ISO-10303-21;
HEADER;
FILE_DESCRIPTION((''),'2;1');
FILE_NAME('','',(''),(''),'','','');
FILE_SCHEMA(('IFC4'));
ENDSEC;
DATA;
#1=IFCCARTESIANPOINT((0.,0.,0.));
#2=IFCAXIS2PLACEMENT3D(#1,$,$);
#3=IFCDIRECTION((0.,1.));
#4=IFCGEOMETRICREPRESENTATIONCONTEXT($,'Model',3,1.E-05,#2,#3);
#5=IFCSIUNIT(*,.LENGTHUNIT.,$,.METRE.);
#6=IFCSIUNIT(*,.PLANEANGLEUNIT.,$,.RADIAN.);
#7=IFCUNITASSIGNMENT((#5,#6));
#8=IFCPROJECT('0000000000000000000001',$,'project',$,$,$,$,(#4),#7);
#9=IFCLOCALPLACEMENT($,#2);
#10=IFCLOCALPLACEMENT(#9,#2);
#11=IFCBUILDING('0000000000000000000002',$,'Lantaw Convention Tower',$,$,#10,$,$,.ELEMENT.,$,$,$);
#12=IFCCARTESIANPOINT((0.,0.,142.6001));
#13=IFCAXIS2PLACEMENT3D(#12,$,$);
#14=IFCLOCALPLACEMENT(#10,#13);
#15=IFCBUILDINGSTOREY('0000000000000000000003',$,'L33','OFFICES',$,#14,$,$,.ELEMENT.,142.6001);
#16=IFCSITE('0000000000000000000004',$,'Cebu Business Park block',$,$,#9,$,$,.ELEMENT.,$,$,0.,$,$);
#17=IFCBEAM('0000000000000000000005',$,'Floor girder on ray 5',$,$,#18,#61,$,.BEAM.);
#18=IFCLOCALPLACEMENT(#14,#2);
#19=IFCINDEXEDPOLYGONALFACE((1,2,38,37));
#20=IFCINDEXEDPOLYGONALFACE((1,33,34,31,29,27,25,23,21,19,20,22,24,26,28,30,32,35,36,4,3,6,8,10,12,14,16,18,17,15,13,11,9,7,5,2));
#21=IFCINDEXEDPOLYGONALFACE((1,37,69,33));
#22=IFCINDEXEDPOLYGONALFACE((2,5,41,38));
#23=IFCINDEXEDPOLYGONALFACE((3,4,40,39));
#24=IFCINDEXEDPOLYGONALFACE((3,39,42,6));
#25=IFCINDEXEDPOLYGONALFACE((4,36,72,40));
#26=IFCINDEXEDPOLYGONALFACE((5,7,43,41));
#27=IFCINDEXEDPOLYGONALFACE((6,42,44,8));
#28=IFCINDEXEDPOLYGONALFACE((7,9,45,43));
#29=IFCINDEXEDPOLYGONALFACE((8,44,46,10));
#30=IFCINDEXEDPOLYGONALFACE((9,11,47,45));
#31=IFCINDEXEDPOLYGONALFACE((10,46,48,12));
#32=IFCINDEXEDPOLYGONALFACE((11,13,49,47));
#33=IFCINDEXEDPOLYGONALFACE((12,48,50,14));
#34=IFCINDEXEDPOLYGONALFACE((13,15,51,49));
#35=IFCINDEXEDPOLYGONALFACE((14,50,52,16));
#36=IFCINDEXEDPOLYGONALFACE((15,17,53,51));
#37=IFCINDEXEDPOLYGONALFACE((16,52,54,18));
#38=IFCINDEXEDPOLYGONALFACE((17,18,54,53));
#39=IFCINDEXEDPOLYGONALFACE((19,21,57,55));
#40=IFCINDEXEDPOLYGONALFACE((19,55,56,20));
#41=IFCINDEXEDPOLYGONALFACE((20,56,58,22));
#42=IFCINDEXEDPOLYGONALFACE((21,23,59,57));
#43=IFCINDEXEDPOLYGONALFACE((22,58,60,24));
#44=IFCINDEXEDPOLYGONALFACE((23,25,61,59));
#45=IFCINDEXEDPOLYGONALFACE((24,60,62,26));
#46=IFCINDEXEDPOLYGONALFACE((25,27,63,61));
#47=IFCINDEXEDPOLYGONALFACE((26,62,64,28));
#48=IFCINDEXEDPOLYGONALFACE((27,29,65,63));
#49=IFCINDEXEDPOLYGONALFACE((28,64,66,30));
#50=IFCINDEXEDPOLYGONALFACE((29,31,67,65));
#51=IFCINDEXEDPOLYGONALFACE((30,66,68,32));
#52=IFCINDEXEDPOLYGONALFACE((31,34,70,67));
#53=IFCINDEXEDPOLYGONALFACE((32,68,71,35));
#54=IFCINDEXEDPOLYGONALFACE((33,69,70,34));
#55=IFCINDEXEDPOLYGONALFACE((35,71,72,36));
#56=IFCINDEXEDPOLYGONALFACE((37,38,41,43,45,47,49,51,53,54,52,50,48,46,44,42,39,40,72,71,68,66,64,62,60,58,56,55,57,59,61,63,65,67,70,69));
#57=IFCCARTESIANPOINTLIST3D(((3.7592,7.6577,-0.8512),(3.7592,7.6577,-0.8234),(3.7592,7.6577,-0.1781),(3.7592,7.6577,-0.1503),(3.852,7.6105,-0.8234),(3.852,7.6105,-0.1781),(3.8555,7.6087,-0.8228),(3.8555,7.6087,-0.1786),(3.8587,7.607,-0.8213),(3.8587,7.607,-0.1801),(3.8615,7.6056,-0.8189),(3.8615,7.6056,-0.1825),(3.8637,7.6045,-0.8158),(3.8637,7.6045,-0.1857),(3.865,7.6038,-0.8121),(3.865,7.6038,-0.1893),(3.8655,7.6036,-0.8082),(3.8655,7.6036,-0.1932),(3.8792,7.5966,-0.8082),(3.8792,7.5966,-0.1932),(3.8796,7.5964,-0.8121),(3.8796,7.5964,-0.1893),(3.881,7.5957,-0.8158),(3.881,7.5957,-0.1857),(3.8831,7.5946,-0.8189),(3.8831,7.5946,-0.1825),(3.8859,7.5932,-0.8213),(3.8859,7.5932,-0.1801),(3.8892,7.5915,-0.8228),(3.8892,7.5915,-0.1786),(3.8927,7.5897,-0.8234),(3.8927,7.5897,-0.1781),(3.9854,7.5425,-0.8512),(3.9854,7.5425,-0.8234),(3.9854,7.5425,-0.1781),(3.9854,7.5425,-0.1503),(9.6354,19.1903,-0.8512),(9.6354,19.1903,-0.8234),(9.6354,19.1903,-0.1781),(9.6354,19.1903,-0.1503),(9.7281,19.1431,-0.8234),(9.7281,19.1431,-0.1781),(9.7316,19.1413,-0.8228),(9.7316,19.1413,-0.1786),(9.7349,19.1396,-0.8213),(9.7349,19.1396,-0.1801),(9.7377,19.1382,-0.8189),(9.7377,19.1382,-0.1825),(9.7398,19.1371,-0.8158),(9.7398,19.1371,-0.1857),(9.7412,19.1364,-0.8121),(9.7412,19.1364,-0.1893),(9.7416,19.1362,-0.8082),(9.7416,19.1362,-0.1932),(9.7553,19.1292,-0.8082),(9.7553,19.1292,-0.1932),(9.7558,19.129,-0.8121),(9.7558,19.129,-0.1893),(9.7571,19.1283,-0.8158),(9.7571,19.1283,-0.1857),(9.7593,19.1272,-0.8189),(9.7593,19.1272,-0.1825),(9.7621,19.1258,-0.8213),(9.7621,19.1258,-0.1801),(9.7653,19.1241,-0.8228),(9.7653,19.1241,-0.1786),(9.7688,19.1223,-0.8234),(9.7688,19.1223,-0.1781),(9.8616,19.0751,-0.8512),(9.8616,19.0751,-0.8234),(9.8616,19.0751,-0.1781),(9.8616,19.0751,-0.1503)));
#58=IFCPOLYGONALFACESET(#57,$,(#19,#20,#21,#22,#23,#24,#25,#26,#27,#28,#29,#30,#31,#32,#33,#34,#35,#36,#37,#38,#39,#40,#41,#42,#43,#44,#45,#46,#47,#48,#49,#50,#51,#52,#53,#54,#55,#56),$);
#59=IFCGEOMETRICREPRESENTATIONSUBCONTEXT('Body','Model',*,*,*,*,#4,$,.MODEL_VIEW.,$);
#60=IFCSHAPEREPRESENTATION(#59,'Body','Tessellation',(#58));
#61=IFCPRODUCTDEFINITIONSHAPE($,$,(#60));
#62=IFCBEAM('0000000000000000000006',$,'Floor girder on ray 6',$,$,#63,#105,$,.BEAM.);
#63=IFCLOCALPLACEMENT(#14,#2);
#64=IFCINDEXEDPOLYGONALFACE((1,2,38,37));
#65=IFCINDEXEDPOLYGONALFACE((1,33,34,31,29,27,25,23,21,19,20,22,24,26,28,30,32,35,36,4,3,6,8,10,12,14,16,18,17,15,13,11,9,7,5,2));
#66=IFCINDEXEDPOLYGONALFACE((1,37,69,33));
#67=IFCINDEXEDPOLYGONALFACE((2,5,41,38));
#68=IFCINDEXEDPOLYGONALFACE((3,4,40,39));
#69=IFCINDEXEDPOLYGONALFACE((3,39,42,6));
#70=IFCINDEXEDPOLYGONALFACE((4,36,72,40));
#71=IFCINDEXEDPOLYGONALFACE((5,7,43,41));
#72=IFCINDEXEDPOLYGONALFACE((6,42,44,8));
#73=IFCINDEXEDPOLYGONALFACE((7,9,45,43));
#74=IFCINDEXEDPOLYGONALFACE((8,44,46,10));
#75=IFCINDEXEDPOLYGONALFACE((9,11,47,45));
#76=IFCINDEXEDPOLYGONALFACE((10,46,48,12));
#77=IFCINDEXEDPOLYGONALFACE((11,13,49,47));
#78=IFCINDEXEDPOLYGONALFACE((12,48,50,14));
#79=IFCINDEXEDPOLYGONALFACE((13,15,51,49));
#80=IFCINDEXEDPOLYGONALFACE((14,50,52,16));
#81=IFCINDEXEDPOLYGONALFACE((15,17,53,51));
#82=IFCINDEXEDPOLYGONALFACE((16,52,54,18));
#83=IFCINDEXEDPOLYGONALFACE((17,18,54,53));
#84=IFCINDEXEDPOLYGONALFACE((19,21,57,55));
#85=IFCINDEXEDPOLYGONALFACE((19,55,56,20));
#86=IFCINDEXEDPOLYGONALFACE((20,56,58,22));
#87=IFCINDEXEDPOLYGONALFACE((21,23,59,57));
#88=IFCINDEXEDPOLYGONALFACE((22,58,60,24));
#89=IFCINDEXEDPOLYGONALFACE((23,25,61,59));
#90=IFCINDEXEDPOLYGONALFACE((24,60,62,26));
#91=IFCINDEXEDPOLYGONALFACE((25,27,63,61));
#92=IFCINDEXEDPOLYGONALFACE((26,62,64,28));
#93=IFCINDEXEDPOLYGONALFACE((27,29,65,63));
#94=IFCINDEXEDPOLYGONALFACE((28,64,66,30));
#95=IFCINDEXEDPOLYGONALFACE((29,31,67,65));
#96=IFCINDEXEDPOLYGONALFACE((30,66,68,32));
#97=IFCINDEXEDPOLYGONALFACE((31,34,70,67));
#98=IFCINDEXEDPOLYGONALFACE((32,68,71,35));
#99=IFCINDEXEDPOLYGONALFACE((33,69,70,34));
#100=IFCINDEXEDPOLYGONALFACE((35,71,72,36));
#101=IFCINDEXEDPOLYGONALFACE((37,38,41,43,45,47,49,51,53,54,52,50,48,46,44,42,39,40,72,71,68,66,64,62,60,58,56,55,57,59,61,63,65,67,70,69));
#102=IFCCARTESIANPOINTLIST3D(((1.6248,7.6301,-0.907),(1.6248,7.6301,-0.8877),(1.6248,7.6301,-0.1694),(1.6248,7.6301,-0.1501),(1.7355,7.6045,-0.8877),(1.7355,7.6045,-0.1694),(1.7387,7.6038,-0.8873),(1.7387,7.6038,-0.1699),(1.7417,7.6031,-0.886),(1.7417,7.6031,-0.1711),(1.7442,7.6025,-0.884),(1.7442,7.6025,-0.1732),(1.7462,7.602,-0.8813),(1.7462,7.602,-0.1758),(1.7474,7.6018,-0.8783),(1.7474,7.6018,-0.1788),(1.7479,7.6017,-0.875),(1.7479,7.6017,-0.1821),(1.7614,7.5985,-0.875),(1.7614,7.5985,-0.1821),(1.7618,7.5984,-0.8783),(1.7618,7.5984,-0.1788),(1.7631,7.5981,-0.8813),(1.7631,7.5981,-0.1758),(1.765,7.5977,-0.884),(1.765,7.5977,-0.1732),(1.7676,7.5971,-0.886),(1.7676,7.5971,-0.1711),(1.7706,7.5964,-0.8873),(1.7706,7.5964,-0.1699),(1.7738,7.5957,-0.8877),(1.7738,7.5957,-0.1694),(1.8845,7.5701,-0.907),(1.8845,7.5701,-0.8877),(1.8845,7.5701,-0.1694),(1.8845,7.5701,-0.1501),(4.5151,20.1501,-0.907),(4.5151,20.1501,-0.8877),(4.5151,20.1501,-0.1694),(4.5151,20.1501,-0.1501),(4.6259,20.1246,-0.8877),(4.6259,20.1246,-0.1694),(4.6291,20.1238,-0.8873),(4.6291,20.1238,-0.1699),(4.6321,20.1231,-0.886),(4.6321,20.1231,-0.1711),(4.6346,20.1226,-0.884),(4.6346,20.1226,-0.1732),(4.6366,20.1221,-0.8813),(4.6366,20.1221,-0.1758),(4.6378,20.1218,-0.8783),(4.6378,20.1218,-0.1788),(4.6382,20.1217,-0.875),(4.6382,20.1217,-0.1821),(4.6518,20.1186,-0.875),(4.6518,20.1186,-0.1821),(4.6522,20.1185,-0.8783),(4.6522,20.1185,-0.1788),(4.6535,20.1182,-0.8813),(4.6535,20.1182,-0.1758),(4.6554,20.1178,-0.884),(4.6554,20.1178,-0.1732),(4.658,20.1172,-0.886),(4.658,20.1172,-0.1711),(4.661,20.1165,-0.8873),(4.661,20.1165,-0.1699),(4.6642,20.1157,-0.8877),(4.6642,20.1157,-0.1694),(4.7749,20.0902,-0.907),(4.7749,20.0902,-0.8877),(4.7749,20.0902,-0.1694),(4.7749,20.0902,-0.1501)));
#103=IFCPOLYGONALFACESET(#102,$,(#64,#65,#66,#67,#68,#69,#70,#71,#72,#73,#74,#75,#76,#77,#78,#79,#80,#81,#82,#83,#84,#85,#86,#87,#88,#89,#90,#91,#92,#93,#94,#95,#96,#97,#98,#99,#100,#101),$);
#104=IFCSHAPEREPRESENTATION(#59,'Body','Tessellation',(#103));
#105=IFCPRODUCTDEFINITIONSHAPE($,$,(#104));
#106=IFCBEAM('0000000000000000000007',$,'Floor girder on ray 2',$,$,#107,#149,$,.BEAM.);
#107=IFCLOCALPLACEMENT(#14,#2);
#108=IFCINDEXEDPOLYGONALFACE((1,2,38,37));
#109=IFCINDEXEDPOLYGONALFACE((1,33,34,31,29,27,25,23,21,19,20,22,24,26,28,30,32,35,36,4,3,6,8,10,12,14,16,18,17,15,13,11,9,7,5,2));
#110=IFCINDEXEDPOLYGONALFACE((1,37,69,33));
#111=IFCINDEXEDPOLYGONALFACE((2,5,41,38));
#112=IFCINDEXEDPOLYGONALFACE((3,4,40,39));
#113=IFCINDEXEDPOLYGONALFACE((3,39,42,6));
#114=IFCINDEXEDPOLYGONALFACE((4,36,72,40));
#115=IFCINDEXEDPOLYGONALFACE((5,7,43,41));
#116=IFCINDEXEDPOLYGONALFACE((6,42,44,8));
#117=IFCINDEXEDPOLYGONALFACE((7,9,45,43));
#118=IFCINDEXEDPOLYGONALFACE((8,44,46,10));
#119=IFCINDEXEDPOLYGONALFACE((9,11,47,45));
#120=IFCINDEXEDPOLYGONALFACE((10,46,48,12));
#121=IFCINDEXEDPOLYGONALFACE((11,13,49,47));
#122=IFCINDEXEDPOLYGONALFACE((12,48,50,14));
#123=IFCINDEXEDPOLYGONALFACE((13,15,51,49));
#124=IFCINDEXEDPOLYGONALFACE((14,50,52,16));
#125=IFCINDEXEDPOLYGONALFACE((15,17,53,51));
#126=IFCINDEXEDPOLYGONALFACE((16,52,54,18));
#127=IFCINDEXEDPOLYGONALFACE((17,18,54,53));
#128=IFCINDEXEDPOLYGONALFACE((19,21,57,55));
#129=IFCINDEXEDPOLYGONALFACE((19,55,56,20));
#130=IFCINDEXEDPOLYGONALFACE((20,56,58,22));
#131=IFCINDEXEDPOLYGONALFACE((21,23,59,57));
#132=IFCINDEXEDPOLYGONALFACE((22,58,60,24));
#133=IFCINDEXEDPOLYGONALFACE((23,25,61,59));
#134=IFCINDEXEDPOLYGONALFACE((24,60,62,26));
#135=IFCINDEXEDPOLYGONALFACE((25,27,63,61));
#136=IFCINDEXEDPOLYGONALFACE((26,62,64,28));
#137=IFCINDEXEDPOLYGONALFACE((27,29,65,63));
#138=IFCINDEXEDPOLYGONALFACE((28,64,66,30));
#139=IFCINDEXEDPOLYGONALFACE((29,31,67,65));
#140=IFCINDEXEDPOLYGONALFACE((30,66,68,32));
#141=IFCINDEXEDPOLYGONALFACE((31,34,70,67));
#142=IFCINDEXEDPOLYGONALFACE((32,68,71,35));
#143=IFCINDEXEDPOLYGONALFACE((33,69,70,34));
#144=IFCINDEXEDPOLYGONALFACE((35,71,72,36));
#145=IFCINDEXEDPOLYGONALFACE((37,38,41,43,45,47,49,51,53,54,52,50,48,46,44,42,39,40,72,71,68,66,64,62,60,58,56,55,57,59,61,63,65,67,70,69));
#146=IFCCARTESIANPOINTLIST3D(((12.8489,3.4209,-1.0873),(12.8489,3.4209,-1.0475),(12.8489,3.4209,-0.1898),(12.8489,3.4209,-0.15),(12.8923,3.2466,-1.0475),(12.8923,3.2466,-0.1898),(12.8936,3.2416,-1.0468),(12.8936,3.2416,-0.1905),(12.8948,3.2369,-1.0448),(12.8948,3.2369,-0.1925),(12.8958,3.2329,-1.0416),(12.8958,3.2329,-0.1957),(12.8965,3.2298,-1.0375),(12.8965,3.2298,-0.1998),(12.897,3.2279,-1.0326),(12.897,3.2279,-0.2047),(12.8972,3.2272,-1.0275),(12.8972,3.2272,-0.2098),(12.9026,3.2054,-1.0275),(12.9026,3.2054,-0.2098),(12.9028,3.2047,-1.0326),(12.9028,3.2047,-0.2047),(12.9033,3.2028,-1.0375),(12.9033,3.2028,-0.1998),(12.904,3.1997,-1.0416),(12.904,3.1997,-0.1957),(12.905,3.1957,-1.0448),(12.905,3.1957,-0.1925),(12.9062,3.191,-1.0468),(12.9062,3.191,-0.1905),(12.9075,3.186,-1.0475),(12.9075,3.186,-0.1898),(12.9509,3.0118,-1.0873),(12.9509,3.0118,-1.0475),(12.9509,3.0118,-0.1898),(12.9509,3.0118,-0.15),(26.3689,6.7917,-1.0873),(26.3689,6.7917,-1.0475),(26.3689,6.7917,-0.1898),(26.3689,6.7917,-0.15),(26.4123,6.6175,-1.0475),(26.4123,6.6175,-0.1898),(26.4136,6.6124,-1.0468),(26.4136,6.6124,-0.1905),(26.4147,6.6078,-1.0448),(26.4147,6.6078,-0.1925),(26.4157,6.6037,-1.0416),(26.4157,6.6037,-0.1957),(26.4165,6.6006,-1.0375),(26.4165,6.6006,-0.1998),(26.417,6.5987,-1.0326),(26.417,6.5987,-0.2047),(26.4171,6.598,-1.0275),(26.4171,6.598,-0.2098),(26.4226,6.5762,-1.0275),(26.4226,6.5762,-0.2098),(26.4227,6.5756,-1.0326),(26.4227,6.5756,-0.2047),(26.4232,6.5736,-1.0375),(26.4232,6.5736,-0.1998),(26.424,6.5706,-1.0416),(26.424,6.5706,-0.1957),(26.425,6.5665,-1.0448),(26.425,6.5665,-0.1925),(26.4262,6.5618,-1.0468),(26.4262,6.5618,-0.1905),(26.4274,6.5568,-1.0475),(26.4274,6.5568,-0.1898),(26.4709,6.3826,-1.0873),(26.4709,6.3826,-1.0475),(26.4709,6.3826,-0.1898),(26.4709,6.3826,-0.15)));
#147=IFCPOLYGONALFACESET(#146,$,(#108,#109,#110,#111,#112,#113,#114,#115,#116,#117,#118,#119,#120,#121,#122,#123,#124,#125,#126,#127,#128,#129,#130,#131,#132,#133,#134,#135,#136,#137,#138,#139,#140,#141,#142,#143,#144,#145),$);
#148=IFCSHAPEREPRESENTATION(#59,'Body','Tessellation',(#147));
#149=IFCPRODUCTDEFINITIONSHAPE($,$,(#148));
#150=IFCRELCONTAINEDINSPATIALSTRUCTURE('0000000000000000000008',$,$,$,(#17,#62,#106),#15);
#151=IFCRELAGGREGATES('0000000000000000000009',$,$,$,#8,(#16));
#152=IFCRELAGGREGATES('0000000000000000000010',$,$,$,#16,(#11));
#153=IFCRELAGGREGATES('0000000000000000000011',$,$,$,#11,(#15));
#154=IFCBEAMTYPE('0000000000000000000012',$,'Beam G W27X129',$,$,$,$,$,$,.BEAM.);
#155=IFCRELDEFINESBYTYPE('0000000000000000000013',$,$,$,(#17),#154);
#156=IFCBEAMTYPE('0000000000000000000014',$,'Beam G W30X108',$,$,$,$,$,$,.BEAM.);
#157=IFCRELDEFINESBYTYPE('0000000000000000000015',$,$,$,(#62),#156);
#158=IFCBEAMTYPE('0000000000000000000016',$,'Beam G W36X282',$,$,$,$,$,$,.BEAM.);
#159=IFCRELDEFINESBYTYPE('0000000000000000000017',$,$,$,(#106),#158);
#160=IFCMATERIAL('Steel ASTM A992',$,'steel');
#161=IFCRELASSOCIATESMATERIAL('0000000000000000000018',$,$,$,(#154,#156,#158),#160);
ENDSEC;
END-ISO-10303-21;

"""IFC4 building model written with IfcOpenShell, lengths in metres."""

from ifc_helpers import new_model, si_unit, direction, frame, origin, origin_2d, place, context, subcontext, project, spatial, i_section, extrude, material, material_profile, profile_set, type_object, element, save


model = new_model("IFC4")

# Units and contexts
model_context = context("Model", 3, precision=1e-05, world=origin(), true_north=direction((0.0, 1.0)))
body_context = subcontext(model_context, "Body", "Model", "MODEL_VIEW")
ifc_project = project(units=[si_unit("LENGTHUNIT", "METRE"), si_unit("PLANEANGLEUNIT", "RADIAN")], contexts=[model_context])

# Site, building, storey
site_placement = place(None, origin())
site = spatial("IfcSite", under=ifc_project, at=site_placement, Name="Cebu Business Park block", CompositionType="ELEMENT", RefElevation=0.0)
building_placement = place(site_placement, origin())
building = spatial("IfcBuilding", under=site, at=building_placement, Name="Lantaw Convention Tower", CompositionType="ELEMENT")
storey_placement = place(building_placement, frame((0.0, 0.0, 142.6001)))
storey = spatial("IfcBuildingStorey", under=building, at=storey_placement, Name="L33", Description="OFFICES", CompositionType="ELEMENT", Elevation=142.6001)

# Beams
ifc_material_1 = material(Name="Steel ASTM A992", Category="steel")
ifc_material_profile_1 = material_profile(ifc_material_1, i_section(OverallWidth=0.2539, OverallDepth=0.7009, WebThickness=0.0154, FlangeThickness=0.0278, FilletRadius=0.0151, at=origin_2d()), Name="W27X129")
ifc_profile_set_1 = profile_set([ifc_material_profile_1], Name="Steel ASTM A992")
beam_type_1 = type_object("IfcBeamType", Name="Beam G W27X129", PredefinedType="BEAM", material=ifc_profile_set_1)
beam_1_placement = place(storey_placement, frame((3.8723, 7.6001, -0.5007), z_axis=(0.453991, 0.891006, 0.0), x_axis=(-0.891006, 0.453991, 0.0)))
element("IfcBeam", 1, at=beam_1_placement, inside=storey, type_object=beam_type_1, Name="Floor girder on ray 5", PredefinedType="BEAM", context=body_context, shape_type="SweptSolid", body=[
    extrude(i_section(OverallWidth=0.2539, OverallDepth=0.7009, WebThickness=0.0154, FlangeThickness=0.0278, FilletRadius=0.0151, at=origin_2d()), origin(), (0.0, 0.0, 1.0), 12.9434),
])
ifc_material_profile_2 = material_profile(ifc_material_1, i_section(OverallWidth=0.2666, OverallDepth=0.7568, WebThickness=0.0139, FlangeThickness=0.0193, FilletRadius=0.0127, at=origin_2d()), Name="W30X108")
ifc_profile_set_2 = profile_set([ifc_material_profile_2], Name="Steel ASTM A992")
beam_type_2 = type_object("IfcBeamType", Name="Beam G W30X108", PredefinedType="BEAM", material=ifc_profile_set_2)
beam_2_placement = place(storey_placement, frame((1.7546, 7.6001, -0.5286), z_axis=(0.224944, 0.974372, 0.0), x_axis=(-0.974372, 0.224944, 0.0)))
element("IfcBeam", 2, at=beam_2_placement, inside=storey, type_object=beam_type_2, Name="Floor girder on ray 6", PredefinedType="BEAM", context=body_context, shape_type="SweptSolid", body=[
    extrude(i_section(OverallWidth=0.2666, OverallDepth=0.7568, WebThickness=0.0139, FlangeThickness=0.0193, FilletRadius=0.0127, at=origin_2d()), origin(), (0.0, 0.0, 1.0), 12.8494),
])
ifc_material_profile_3 = material_profile(ifc_material_1, i_section(OverallWidth=0.4216, OverallDepth=0.9373, WebThickness=0.0225, FlangeThickness=0.0398, FilletRadius=0.02, at=origin_2d()), Name="W36X282")
ifc_profile_set_3 = profile_set([ifc_material_profile_3], Name="Steel ASTM A992")
beam_type_3 = type_object("IfcBeamType", Name="Beam G W36X282", PredefinedType="BEAM", material=ifc_profile_set_3)
beam_3_placement = place(storey_placement, frame((12.8999, 3.2163, -0.6187), z_axis=(0.970297, 0.241917, 0.0), x_axis=(-0.241917, 0.970297, 0.0)))
element("IfcBeam", 3, at=beam_3_placement, inside=storey, type_object=beam_type_3, Name="Floor girder on ray 2", PredefinedType="BEAM", context=body_context, shape_type="SweptSolid", body=[
    extrude(i_section(OverallWidth=0.4216, OverallDepth=0.9373, WebThickness=0.0225, FlangeThickness=0.0398, FilletRadius=0.02, at=origin_2d()), origin(), (0.0, 0.0, 1.0), 13.9338),
])

save(model, "model.ifc")
